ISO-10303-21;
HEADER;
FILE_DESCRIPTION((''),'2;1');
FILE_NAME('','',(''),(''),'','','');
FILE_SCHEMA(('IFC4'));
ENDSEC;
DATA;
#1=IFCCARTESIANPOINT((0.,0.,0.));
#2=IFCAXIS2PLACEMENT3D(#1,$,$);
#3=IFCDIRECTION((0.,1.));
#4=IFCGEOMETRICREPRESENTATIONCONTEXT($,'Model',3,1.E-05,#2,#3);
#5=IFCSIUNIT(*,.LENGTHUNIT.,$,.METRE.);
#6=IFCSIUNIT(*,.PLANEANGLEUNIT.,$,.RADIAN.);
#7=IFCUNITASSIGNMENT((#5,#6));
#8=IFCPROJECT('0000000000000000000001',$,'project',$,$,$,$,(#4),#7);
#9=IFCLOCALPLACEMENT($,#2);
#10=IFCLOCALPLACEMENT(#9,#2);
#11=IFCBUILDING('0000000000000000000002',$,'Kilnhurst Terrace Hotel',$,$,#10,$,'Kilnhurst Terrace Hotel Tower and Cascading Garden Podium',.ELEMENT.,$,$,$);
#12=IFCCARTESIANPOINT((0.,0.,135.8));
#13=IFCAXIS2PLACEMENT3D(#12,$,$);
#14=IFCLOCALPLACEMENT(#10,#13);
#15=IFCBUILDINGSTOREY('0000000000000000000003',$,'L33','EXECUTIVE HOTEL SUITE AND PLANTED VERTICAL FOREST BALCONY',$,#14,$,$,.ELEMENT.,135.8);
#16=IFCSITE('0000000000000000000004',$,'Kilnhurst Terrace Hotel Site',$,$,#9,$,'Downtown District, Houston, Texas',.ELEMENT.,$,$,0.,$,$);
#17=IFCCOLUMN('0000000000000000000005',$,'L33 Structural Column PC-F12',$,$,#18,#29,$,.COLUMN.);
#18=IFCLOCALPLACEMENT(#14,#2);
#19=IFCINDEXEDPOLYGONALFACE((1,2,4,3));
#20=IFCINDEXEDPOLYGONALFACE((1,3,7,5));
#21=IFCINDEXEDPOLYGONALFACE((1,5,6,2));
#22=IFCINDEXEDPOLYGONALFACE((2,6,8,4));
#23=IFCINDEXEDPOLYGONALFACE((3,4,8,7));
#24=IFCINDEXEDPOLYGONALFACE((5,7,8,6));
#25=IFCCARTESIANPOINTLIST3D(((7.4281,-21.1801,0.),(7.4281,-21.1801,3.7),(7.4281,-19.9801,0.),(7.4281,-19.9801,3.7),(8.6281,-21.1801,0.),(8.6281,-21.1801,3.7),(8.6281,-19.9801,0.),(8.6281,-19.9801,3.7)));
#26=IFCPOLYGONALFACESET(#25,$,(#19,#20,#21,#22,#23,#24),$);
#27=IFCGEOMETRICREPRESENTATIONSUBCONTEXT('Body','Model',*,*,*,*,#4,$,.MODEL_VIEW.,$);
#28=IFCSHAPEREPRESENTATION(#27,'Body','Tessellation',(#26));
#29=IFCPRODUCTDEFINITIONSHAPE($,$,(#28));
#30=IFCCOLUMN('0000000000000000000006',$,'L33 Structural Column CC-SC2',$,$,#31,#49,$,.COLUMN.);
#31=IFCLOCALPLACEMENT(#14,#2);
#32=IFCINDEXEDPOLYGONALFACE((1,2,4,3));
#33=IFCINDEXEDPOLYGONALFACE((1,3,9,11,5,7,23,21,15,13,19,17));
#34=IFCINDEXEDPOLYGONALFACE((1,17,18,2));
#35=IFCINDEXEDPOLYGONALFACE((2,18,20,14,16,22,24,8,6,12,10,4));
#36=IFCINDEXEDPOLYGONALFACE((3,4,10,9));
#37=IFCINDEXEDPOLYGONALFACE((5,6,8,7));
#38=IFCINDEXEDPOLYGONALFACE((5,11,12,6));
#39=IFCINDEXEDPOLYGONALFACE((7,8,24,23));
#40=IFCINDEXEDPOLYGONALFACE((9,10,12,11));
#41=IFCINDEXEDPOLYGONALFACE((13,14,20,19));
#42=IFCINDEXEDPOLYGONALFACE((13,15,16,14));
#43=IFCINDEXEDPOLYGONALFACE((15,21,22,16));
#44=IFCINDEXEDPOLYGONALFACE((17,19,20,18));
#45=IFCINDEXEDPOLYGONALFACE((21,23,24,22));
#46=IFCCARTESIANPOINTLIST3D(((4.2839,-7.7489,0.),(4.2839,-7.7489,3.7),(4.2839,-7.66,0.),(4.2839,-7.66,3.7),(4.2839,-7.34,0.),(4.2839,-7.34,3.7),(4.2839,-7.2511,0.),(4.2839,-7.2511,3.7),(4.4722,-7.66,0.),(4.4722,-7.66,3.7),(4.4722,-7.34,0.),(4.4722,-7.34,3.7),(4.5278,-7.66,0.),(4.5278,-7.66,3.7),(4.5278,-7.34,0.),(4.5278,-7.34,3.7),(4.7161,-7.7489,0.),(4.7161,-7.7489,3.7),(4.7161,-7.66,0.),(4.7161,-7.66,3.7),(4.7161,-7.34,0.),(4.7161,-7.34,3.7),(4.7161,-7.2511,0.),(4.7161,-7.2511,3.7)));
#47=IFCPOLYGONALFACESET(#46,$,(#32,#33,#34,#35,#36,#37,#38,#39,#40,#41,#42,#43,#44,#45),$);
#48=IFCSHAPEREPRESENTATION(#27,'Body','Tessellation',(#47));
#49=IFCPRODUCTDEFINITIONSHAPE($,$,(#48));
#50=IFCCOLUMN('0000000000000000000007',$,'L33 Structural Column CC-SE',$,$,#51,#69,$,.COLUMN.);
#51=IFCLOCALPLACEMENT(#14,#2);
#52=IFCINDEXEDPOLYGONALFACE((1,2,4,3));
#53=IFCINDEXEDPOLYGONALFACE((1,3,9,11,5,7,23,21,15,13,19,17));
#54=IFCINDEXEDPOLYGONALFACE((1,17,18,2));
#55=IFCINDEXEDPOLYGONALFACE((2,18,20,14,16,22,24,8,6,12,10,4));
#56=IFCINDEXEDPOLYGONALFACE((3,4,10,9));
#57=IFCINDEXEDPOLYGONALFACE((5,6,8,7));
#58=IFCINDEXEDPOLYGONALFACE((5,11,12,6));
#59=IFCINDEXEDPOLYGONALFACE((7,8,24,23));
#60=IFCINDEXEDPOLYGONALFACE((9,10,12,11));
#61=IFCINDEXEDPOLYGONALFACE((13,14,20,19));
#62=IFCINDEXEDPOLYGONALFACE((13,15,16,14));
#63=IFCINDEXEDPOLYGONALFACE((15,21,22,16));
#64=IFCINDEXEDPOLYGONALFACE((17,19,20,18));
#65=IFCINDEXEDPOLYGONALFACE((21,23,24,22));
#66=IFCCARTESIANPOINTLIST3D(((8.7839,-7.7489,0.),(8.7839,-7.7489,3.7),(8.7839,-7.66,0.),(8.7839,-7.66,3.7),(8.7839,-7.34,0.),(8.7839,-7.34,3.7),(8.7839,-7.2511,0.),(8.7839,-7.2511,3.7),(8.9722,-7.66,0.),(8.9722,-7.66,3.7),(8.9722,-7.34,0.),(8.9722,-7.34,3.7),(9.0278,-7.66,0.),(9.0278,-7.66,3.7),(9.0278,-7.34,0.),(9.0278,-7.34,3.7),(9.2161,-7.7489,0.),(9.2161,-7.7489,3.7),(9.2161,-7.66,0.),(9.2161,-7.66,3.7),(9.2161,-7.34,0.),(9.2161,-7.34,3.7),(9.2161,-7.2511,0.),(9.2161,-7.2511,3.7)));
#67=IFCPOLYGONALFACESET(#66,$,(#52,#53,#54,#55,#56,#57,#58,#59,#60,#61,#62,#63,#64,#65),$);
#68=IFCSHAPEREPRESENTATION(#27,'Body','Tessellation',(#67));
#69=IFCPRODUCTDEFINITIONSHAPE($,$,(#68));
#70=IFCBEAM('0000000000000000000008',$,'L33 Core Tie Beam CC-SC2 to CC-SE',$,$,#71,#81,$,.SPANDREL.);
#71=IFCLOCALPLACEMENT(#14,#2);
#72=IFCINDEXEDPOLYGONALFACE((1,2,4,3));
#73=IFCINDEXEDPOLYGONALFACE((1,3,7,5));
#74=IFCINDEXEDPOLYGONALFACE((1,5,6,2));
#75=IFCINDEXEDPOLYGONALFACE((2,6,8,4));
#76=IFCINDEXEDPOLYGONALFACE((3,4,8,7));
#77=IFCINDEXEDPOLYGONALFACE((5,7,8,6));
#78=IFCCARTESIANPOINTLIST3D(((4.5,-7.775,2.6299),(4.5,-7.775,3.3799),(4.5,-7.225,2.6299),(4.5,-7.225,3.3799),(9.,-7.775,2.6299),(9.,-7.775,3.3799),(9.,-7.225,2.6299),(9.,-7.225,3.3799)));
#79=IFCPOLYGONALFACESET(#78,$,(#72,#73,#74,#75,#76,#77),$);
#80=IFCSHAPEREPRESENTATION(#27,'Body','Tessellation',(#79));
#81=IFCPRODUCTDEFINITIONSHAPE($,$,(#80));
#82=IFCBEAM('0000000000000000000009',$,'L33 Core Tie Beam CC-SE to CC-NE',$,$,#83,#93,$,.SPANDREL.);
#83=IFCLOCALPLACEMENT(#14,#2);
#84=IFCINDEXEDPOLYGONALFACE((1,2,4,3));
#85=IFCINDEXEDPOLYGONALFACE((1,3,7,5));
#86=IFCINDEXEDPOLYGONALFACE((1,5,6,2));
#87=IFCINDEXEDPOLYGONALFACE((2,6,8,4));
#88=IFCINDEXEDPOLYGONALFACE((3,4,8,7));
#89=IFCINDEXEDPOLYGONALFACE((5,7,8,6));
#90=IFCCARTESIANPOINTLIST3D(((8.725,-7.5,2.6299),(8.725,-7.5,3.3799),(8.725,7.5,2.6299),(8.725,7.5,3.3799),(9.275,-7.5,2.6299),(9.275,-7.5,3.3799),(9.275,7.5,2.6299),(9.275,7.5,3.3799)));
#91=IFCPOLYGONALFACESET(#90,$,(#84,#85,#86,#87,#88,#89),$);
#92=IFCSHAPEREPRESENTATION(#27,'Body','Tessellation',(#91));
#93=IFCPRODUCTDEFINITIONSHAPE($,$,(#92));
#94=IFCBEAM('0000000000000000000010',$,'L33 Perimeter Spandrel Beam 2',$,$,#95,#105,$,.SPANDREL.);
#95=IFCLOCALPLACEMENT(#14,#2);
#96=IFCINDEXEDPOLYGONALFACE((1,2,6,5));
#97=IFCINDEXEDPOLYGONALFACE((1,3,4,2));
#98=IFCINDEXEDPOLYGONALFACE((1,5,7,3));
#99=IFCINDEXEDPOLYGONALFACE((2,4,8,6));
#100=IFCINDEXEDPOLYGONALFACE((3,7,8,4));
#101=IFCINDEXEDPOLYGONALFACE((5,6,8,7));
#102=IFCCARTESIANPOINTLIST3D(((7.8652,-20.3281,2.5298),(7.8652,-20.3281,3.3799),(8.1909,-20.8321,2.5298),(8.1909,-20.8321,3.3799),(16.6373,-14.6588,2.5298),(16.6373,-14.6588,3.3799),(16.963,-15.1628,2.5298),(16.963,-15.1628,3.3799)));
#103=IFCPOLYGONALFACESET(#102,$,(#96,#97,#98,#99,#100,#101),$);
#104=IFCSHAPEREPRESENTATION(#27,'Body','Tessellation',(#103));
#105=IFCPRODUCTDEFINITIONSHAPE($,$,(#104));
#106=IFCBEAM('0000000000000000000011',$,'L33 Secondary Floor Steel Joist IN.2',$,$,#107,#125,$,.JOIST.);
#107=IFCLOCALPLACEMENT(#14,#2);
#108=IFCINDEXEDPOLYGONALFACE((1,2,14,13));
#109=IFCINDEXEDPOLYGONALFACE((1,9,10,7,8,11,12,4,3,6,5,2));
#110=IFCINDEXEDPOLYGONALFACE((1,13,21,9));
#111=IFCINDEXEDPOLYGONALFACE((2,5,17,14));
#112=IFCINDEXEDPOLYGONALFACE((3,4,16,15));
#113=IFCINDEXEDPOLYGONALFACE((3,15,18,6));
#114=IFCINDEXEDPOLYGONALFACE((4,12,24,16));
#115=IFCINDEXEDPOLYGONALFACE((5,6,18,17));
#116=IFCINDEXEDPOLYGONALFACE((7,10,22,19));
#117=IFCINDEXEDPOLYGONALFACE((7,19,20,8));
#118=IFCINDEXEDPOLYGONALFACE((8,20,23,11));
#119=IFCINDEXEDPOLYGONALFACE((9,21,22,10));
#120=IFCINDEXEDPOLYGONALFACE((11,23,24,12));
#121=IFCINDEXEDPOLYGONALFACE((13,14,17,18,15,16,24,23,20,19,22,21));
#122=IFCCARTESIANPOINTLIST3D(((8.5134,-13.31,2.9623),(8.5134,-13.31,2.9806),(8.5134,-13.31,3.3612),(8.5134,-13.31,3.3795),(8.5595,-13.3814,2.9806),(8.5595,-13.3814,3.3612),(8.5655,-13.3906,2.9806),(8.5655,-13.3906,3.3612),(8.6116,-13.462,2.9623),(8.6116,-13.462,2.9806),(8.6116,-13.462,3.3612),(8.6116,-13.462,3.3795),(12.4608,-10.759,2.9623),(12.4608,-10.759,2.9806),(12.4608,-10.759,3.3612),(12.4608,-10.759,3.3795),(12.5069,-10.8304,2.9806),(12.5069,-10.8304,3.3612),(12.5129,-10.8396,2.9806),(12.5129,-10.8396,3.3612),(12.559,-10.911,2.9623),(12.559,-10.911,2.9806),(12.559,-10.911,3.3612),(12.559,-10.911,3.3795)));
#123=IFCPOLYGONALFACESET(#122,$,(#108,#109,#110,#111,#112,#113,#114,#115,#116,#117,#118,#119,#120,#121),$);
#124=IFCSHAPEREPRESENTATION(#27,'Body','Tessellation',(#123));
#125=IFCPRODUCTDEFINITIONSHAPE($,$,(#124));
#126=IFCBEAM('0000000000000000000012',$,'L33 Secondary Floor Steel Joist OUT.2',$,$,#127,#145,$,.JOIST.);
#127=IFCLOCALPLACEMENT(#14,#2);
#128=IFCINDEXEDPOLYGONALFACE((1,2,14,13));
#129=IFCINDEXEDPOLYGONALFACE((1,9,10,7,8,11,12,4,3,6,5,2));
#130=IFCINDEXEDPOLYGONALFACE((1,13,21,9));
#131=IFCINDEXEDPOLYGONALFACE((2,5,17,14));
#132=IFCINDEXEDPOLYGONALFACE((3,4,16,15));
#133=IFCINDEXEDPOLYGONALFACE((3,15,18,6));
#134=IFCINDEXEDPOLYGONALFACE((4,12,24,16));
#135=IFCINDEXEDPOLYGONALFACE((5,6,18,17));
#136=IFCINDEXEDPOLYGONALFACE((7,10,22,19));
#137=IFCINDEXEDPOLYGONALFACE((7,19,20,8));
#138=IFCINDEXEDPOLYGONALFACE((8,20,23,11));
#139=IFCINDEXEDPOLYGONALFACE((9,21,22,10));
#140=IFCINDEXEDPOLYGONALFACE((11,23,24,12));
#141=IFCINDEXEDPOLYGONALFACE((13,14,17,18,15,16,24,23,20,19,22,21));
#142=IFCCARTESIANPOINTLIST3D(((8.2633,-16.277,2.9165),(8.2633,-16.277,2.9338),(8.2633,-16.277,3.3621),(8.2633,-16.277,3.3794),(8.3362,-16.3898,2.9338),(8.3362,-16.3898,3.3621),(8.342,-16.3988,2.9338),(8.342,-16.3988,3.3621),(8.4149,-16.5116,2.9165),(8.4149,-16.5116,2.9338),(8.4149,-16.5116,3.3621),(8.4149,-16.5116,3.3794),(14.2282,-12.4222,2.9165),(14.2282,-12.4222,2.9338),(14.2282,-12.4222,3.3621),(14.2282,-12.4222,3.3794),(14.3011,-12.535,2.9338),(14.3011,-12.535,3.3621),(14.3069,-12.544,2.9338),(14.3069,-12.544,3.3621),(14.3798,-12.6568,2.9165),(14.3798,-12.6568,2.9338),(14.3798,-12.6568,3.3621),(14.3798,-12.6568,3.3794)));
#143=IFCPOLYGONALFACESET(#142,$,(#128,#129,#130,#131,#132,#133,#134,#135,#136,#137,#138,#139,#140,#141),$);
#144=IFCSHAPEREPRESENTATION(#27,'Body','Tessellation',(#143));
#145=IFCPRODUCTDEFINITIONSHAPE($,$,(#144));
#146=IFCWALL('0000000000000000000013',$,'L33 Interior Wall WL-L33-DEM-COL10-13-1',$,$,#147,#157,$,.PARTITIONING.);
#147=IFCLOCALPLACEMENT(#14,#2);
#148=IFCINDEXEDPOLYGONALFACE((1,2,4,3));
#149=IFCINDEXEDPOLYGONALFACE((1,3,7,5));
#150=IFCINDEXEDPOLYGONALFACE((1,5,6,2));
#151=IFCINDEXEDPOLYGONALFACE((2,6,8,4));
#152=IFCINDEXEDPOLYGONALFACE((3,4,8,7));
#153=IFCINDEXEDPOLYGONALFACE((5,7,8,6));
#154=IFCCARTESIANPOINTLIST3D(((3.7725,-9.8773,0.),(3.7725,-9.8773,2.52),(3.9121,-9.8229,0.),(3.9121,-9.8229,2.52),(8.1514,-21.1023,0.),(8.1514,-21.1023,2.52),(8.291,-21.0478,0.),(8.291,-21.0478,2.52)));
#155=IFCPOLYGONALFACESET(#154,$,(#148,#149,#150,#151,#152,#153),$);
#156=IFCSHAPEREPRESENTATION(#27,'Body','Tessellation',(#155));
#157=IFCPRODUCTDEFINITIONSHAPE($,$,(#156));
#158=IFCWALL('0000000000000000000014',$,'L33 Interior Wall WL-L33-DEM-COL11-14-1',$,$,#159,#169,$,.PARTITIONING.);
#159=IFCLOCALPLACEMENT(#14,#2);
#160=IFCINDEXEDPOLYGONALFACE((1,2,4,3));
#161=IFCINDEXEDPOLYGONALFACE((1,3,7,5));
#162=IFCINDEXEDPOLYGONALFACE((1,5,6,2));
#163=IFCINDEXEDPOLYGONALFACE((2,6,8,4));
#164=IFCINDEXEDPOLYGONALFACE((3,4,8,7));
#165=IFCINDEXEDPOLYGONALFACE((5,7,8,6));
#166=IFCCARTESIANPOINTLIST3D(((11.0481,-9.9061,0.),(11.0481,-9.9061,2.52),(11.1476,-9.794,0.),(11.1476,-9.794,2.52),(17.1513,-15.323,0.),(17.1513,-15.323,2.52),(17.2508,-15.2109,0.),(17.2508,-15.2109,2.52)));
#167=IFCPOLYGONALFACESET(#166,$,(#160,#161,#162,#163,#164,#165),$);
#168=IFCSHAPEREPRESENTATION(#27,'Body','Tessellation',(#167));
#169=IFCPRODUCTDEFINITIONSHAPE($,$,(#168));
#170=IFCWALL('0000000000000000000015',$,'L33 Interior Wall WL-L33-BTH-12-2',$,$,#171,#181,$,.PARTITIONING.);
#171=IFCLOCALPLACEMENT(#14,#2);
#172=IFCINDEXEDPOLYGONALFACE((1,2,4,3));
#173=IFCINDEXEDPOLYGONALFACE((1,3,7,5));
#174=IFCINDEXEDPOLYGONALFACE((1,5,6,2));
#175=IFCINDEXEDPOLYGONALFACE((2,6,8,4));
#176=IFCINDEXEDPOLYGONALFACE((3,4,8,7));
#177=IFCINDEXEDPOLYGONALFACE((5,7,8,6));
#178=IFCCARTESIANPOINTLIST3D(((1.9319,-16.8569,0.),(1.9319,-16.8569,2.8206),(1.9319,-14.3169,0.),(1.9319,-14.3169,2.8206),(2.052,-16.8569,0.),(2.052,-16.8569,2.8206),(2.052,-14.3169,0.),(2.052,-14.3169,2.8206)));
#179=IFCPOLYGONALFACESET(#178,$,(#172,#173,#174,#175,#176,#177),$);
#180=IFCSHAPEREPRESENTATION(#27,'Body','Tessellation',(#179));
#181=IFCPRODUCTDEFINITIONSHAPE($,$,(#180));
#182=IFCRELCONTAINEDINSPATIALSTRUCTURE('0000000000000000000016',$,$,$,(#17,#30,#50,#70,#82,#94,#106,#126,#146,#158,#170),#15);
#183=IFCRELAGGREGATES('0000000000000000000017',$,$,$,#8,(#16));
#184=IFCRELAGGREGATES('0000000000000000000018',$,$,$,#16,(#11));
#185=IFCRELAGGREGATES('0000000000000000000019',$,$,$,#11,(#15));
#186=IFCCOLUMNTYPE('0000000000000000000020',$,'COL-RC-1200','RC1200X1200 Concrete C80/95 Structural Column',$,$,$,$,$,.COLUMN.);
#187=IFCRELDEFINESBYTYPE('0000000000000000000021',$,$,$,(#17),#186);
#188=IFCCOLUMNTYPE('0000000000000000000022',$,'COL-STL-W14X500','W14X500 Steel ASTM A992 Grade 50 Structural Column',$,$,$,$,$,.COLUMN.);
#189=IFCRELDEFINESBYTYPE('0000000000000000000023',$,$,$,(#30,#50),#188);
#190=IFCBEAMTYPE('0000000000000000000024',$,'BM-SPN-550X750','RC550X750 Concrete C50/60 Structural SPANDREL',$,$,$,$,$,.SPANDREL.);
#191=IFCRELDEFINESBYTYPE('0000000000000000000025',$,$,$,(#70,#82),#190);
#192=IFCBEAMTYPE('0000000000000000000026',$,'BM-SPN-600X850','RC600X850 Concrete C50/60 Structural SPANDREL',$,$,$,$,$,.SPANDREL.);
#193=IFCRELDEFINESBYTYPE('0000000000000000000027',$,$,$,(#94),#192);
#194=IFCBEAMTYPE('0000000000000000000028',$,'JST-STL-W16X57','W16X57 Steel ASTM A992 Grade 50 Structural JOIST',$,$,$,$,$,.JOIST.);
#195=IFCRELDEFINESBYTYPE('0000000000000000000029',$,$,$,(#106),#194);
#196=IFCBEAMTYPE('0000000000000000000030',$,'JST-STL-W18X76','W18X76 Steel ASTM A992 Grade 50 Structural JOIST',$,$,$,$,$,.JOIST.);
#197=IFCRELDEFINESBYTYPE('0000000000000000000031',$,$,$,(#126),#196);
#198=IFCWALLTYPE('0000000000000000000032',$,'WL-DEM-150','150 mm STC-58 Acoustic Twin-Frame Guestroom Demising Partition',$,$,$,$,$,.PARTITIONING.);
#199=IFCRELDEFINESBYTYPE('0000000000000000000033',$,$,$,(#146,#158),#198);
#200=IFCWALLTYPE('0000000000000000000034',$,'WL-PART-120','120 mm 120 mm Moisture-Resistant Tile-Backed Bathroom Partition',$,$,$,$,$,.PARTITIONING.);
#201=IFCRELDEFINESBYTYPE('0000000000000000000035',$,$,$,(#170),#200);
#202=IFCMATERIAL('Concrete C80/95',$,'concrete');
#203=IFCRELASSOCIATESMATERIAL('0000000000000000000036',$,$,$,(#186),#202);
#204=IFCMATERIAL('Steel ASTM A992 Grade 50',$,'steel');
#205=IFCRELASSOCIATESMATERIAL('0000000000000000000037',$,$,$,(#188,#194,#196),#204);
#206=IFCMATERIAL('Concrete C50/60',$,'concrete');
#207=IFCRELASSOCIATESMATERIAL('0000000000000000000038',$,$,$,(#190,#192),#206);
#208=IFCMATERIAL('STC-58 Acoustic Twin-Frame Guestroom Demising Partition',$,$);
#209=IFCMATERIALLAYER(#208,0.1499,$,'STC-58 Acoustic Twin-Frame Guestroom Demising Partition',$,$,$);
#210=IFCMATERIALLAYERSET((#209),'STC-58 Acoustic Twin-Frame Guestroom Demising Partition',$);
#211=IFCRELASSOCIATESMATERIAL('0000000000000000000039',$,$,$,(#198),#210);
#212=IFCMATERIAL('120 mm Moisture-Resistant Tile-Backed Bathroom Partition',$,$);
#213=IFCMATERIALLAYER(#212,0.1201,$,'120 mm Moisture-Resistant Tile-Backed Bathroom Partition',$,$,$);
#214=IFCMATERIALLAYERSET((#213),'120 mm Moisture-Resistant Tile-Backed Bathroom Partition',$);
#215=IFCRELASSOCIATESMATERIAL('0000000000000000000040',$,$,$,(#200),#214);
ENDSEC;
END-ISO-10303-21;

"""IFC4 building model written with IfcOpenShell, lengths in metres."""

from ifc_helpers import new_model, si_unit, direction, frame, frame_2d, origin, origin_2d, place, context, subcontext, project, spatial, rectangle, i_section, extrude, material, layer, layer_set, material_profile, profile_set, type_object, element, save


model = new_model("IFC4")

# Units and contexts
model_context = context("Model", 3, precision=1e-05, world=origin(), true_north=direction((0.0, 1.0)))
body_context = subcontext(model_context, "Body", "Model", "MODEL_VIEW")
ifc_project = project(units=[si_unit("LENGTHUNIT", "METRE"), si_unit("PLANEANGLEUNIT", "RADIAN")], contexts=[model_context])

# Site, building, storey
site_placement = place(None, origin())
site = spatial("IfcSite", under=ifc_project, at=site_placement, Name="Kilnhurst Terrace Hotel Site", LongName="Downtown District, Houston, Texas", CompositionType="ELEMENT", RefElevation=0.0)
building_placement = place(site_placement, origin())
building = spatial("IfcBuilding", under=site, at=building_placement, Name="Kilnhurst Terrace Hotel", LongName="Kilnhurst Terrace Hotel Tower and Cascading Garden Podium", CompositionType="ELEMENT")
storey_placement = place(building_placement, frame((0.0, 0.0, 135.8)))
storey = spatial("IfcBuildingStorey", under=building, at=storey_placement, Name="L33", Description="EXECUTIVE HOTEL SUITE AND PLANTED VERTICAL FOREST BALCONY", CompositionType="ELEMENT", Elevation=135.8)

# Columns
ifc_material_1 = material(Name="Concrete C80/95", Category="concrete")
ifc_material_profile_1 = material_profile(ifc_material_1, rectangle(XDim=1.2, YDim=1.2, at=origin_2d()), Name="RC1200X1200")
ifc_profile_set_1 = profile_set([ifc_material_profile_1], Name="Concrete C80/95")
column_type_1 = type_object("IfcColumnType", Name="COL-RC-1200", Description="RC1200X1200 Concrete C80/95 Structural Column", PredefinedType="COLUMN", material=ifc_profile_set_1)
column_placement = place(storey_placement, frame((8.0281, -20.5801, 0.0), z_axis=(0.0, 0.0, 1.0), x_axis=(1.0, 0.0, 0.0)))
element("IfcColumn", 1, at=column_placement, inside=storey, type_object=column_type_1, Name="L33 Structural Column PC-F12", PredefinedType="COLUMN", context=body_context, shape_type="SweptSolid", body=[
    extrude(rectangle(XDim=1.2, YDim=1.2, at=origin_2d()), origin(), (0.0, 0.0, 1.0), 3.7),
])
ifc_material_2 = material(Name="Steel ASTM A992 Grade 50", Category="steel")
ifc_material_profile_2 = material_profile(ifc_material_2, i_section(OverallWidth=0.4321, OverallDepth=0.4978, WebThickness=0.0557, FlangeThickness=0.0889, at=origin_2d()), Name="W14X500")
ifc_profile_set_2 = profile_set([ifc_material_profile_2], Name="Steel ASTM A992 Grade 50")
column_type_2 = type_object("IfcColumnType", Name="COL-STL-W14X500", Description="W14X500 Steel ASTM A992 Grade 50 Structural Column", PredefinedType="COLUMN", material=ifc_profile_set_2)
for number, where, z_axis, x_axis, name in (
    (2, (4.5, -7.5, 0.0), (0.0, 0.0, 1.0), (1.0, 0.0, 0.0), "L33 Structural Column CC-SC2"),
    (3, (9.0, -7.5, 0.0), (0.0, 0.0, 1.0), (1.0, 0.0, 0.0), "L33 Structural Column CC-SE"),
):
    element("IfcColumn", number, at=place(storey_placement, frame(where, z_axis=z_axis, x_axis=x_axis)), inside=storey, type_object=column_type_2, Name=name, PredefinedType="COLUMN", context=body_context, shape_type="SweptSolid", body=[
        extrude(i_section(OverallWidth=0.4321, OverallDepth=0.4978, WebThickness=0.0557, FlangeThickness=0.0889, at=origin_2d()), origin(), (0.0, 0.0, 1.0), 3.7),
    ])

# Beams
ifc_material_3 = material(Name="Concrete C50/60", Category="concrete")
ifc_material_profile_3 = material_profile(ifc_material_3, rectangle(XDim=0.55, YDim=0.75, at=origin_2d()), Name="RC550X750")
ifc_profile_set_3 = profile_set([ifc_material_profile_3], Name="Concrete C50/60")
beam_type_1 = type_object("IfcBeamType", Name="BM-SPN-550X750", Description="RC550X750 Concrete C50/60 Structural SPANDREL", PredefinedType="SPANDREL", material=ifc_profile_set_3)
beam_1_placement = place(storey_placement, frame((4.5, -7.5, 3.0049), z_axis=(1.0, 0.0, 0.0), x_axis=(0.0, 1.0, 0.0)))
element("IfcBeam", 4, at=beam_1_placement, inside=storey, type_object=beam_type_1, Name="L33 Core Tie Beam CC-SC2 to CC-SE", PredefinedType="SPANDREL", context=body_context, shape_type="SweptSolid", body=[
    extrude(rectangle(XDim=0.55, YDim=0.75, at=origin_2d()), origin(), (0.0, 0.0, 1.0), 4.5),
])
beam_2_placement = place(storey_placement, frame((9.0, -7.5, 3.0049), z_axis=(0.0, 1.0, 0.0), x_axis=(-1.0, 0.0, 0.0)))
element("IfcBeam", 5, at=beam_2_placement, inside=storey, type_object=beam_type_1, Name="L33 Core Tie Beam CC-SE to CC-NE", PredefinedType="SPANDREL", context=body_context, shape_type="SweptSolid", body=[
    extrude(rectangle(XDim=0.55, YDim=0.75, at=origin_2d()), origin(), (0.0, 0.0, 1.0), 15.0),
])
ifc_material_profile_4 = material_profile(ifc_material_3, rectangle(XDim=0.6001, YDim=0.8501, at=origin_2d()), Name="RC600X850")
ifc_profile_set_4 = profile_set([ifc_material_profile_4], Name="Concrete C50/60")
beam_type_2 = type_object("IfcBeamType", Name="BM-SPN-600X850", Description="RC600X850 Concrete C50/60 Structural SPANDREL", PredefinedType="SPANDREL", material=ifc_profile_set_4)
beam_3_placement = place(storey_placement, frame((8.0281, -20.5801, 2.9548), z_axis=(0.839867, 0.542793, 0.0), x_axis=(-0.542793, 0.839867, 0.0)))
element("IfcBeam", 6, at=beam_3_placement, inside=storey, type_object=beam_type_2, Name="L33 Perimeter Spandrel Beam 2", PredefinedType="SPANDREL", context=body_context, shape_type="SweptSolid", body=[
    extrude(rectangle(XDim=0.6001, YDim=0.8501, at=origin_2d()), origin(), (0.0, 0.0, 1.0), 10.4446),
])
ifc_material_profile_5 = material_profile(ifc_material_2, i_section(OverallWidth=0.1809, OverallDepth=0.4172, WebThickness=0.011, FlangeThickness=0.0183, at=origin_2d()), Name="W16X57")
ifc_profile_set_5 = profile_set([ifc_material_profile_5], Name="Steel ASTM A992 Grade 50")
beam_type_3 = type_object("IfcBeamType", Name="JST-STL-W16X57", Description="W16X57 Steel ASTM A992 Grade 50 Structural JOIST", PredefinedType="JOIST", material=ifc_profile_set_5)
beam_4_placement = place(storey_placement, frame((8.5625, -13.386, 3.1709), z_axis=(0.839885, 0.542764, 0.0), x_axis=(-0.542764, 0.839885, 0.0)))
element("IfcBeam", 7, at=beam_4_placement, inside=storey, type_object=beam_type_3, Name="L33 Secondary Floor Steel Joist IN.2", PredefinedType="JOIST", context=body_context, shape_type="SweptSolid", body=[
    extrude(i_section(OverallWidth=0.1809, OverallDepth=0.4172, WebThickness=0.011, FlangeThickness=0.0183, at=origin_2d()), origin(), (0.0, 0.0, 1.0), 4.7),
])
ifc_material_profile_6 = material_profile(ifc_material_2, i_section(OverallWidth=0.2793, OverallDepth=0.4629, WebThickness=0.0107, FlangeThickness=0.0173, at=origin_2d()), Name="W18X76")
ifc_profile_set_6 = profile_set([ifc_material_profile_6], Name="Steel ASTM A992 Grade 50")
beam_type_4 = type_object("IfcBeamType", Name="JST-STL-W18X76", Description="W18X76 Steel ASTM A992 Grade 50 Structural JOIST", PredefinedType="JOIST", material=ifc_profile_set_6)
beam_5_placement = place(storey_placement, frame((8.3391, -16.3943, 3.1479), z_axis=(0.839883, 0.542768, 0.0), x_axis=(-0.542768, 0.839883, 0.0)))
element("IfcBeam", 8, at=beam_5_placement, inside=storey, type_object=beam_type_4, Name="L33 Secondary Floor Steel Joist OUT.2", PredefinedType="JOIST", context=body_context, shape_type="SweptSolid", body=[
    extrude(i_section(OverallWidth=0.2793, OverallDepth=0.4629, WebThickness=0.0107, FlangeThickness=0.0173, at=origin_2d()), origin(), (0.0, 0.0, 1.0), 7.1021),
])

# Walls
ifc_material_4 = material(Name="STC-58 Acoustic Twin-Frame Guestroom Demising Partition")
ifc_layer_1 = layer(ifc_material_4, 0.1499, Name="STC-58 Acoustic Twin-Frame Guestroom Demising Partition")
ifc_layer_set_1 = layer_set([ifc_layer_1], Name="STC-58 Acoustic Twin-Frame Guestroom Demising Partition")
wall_type_1 = type_object("IfcWallType", Name="WL-DEM-150", Description="150 mm STC-58 Acoustic Twin-Frame Guestroom Demising Partition", PredefinedType="PARTITIONING", material=ifc_layer_set_1)
wall_1_placement = place(storey_placement, frame((3.8423, -9.8501, 0.0), z_axis=(0.0, 0.0, 1.0), x_axis=(0.363433, -0.93162, 0.0)))
element("IfcWall", 9, at=wall_1_placement, inside=storey, type_object=wall_type_1, Name="L33 Interior Wall WL-L33-DEM-COL10-13-1", PredefinedType="PARTITIONING", context=body_context, shape_type="SweptSolid", body=[
    extrude(rectangle(XDim=12.0488, YDim=0.1499, at=frame_2d((6.0244, 0.0))), origin(), (0.0, 0.0, 1.0), 2.52),
])
wall_2_placement = place(storey_placement, frame((11.0979, -9.8501, 0.0), z_axis=(0.0, 0.0, 1.0), x_axis=(0.747904, -0.663807, 0.0)))
element("IfcWall", 10, at=wall_2_placement, inside=storey, type_object=wall_type_1, Name="L33 Interior Wall WL-L33-DEM-COL11-14-1", PredefinedType="PARTITIONING", context=body_context, shape_type="SweptSolid", body=[
    extrude(rectangle(XDim=8.1604, YDim=0.1499, at=frame_2d((4.0801, 0.0))), origin(), (0.0, 0.0, 1.0), 2.52),
])
ifc_material_5 = material(Name="120 mm Moisture-Resistant Tile-Backed Bathroom Partition")
ifc_layer_2 = layer(ifc_material_5, 0.1201, Name="120 mm Moisture-Resistant Tile-Backed Bathroom Partition")
ifc_layer_set_2 = layer_set([ifc_layer_2], Name="120 mm Moisture-Resistant Tile-Backed Bathroom Partition")
wall_type_2 = type_object("IfcWallType", Name="WL-PART-120", Description="120 mm 120 mm Moisture-Resistant Tile-Backed Bathroom Partition", PredefinedType="PARTITIONING", material=ifc_layer_set_2)
wall_3_placement = place(storey_placement, frame((1.9919, -16.8569, 0.0), z_axis=(0.0, 0.0, 1.0), x_axis=(0.0, 1.0, 0.0)))
element("IfcWall", 11, at=wall_3_placement, inside=storey, type_object=wall_type_2, Name="L33 Interior Wall WL-L33-BTH-12-2", PredefinedType="PARTITIONING", context=body_context, shape_type="SweptSolid", body=[
    extrude(rectangle(XDim=2.54, YDim=0.1201, at=frame_2d((1.27, 0.0))), origin(), (0.0, 0.0, 1.0), 2.8206),
])

save(model, "model.ifc")
